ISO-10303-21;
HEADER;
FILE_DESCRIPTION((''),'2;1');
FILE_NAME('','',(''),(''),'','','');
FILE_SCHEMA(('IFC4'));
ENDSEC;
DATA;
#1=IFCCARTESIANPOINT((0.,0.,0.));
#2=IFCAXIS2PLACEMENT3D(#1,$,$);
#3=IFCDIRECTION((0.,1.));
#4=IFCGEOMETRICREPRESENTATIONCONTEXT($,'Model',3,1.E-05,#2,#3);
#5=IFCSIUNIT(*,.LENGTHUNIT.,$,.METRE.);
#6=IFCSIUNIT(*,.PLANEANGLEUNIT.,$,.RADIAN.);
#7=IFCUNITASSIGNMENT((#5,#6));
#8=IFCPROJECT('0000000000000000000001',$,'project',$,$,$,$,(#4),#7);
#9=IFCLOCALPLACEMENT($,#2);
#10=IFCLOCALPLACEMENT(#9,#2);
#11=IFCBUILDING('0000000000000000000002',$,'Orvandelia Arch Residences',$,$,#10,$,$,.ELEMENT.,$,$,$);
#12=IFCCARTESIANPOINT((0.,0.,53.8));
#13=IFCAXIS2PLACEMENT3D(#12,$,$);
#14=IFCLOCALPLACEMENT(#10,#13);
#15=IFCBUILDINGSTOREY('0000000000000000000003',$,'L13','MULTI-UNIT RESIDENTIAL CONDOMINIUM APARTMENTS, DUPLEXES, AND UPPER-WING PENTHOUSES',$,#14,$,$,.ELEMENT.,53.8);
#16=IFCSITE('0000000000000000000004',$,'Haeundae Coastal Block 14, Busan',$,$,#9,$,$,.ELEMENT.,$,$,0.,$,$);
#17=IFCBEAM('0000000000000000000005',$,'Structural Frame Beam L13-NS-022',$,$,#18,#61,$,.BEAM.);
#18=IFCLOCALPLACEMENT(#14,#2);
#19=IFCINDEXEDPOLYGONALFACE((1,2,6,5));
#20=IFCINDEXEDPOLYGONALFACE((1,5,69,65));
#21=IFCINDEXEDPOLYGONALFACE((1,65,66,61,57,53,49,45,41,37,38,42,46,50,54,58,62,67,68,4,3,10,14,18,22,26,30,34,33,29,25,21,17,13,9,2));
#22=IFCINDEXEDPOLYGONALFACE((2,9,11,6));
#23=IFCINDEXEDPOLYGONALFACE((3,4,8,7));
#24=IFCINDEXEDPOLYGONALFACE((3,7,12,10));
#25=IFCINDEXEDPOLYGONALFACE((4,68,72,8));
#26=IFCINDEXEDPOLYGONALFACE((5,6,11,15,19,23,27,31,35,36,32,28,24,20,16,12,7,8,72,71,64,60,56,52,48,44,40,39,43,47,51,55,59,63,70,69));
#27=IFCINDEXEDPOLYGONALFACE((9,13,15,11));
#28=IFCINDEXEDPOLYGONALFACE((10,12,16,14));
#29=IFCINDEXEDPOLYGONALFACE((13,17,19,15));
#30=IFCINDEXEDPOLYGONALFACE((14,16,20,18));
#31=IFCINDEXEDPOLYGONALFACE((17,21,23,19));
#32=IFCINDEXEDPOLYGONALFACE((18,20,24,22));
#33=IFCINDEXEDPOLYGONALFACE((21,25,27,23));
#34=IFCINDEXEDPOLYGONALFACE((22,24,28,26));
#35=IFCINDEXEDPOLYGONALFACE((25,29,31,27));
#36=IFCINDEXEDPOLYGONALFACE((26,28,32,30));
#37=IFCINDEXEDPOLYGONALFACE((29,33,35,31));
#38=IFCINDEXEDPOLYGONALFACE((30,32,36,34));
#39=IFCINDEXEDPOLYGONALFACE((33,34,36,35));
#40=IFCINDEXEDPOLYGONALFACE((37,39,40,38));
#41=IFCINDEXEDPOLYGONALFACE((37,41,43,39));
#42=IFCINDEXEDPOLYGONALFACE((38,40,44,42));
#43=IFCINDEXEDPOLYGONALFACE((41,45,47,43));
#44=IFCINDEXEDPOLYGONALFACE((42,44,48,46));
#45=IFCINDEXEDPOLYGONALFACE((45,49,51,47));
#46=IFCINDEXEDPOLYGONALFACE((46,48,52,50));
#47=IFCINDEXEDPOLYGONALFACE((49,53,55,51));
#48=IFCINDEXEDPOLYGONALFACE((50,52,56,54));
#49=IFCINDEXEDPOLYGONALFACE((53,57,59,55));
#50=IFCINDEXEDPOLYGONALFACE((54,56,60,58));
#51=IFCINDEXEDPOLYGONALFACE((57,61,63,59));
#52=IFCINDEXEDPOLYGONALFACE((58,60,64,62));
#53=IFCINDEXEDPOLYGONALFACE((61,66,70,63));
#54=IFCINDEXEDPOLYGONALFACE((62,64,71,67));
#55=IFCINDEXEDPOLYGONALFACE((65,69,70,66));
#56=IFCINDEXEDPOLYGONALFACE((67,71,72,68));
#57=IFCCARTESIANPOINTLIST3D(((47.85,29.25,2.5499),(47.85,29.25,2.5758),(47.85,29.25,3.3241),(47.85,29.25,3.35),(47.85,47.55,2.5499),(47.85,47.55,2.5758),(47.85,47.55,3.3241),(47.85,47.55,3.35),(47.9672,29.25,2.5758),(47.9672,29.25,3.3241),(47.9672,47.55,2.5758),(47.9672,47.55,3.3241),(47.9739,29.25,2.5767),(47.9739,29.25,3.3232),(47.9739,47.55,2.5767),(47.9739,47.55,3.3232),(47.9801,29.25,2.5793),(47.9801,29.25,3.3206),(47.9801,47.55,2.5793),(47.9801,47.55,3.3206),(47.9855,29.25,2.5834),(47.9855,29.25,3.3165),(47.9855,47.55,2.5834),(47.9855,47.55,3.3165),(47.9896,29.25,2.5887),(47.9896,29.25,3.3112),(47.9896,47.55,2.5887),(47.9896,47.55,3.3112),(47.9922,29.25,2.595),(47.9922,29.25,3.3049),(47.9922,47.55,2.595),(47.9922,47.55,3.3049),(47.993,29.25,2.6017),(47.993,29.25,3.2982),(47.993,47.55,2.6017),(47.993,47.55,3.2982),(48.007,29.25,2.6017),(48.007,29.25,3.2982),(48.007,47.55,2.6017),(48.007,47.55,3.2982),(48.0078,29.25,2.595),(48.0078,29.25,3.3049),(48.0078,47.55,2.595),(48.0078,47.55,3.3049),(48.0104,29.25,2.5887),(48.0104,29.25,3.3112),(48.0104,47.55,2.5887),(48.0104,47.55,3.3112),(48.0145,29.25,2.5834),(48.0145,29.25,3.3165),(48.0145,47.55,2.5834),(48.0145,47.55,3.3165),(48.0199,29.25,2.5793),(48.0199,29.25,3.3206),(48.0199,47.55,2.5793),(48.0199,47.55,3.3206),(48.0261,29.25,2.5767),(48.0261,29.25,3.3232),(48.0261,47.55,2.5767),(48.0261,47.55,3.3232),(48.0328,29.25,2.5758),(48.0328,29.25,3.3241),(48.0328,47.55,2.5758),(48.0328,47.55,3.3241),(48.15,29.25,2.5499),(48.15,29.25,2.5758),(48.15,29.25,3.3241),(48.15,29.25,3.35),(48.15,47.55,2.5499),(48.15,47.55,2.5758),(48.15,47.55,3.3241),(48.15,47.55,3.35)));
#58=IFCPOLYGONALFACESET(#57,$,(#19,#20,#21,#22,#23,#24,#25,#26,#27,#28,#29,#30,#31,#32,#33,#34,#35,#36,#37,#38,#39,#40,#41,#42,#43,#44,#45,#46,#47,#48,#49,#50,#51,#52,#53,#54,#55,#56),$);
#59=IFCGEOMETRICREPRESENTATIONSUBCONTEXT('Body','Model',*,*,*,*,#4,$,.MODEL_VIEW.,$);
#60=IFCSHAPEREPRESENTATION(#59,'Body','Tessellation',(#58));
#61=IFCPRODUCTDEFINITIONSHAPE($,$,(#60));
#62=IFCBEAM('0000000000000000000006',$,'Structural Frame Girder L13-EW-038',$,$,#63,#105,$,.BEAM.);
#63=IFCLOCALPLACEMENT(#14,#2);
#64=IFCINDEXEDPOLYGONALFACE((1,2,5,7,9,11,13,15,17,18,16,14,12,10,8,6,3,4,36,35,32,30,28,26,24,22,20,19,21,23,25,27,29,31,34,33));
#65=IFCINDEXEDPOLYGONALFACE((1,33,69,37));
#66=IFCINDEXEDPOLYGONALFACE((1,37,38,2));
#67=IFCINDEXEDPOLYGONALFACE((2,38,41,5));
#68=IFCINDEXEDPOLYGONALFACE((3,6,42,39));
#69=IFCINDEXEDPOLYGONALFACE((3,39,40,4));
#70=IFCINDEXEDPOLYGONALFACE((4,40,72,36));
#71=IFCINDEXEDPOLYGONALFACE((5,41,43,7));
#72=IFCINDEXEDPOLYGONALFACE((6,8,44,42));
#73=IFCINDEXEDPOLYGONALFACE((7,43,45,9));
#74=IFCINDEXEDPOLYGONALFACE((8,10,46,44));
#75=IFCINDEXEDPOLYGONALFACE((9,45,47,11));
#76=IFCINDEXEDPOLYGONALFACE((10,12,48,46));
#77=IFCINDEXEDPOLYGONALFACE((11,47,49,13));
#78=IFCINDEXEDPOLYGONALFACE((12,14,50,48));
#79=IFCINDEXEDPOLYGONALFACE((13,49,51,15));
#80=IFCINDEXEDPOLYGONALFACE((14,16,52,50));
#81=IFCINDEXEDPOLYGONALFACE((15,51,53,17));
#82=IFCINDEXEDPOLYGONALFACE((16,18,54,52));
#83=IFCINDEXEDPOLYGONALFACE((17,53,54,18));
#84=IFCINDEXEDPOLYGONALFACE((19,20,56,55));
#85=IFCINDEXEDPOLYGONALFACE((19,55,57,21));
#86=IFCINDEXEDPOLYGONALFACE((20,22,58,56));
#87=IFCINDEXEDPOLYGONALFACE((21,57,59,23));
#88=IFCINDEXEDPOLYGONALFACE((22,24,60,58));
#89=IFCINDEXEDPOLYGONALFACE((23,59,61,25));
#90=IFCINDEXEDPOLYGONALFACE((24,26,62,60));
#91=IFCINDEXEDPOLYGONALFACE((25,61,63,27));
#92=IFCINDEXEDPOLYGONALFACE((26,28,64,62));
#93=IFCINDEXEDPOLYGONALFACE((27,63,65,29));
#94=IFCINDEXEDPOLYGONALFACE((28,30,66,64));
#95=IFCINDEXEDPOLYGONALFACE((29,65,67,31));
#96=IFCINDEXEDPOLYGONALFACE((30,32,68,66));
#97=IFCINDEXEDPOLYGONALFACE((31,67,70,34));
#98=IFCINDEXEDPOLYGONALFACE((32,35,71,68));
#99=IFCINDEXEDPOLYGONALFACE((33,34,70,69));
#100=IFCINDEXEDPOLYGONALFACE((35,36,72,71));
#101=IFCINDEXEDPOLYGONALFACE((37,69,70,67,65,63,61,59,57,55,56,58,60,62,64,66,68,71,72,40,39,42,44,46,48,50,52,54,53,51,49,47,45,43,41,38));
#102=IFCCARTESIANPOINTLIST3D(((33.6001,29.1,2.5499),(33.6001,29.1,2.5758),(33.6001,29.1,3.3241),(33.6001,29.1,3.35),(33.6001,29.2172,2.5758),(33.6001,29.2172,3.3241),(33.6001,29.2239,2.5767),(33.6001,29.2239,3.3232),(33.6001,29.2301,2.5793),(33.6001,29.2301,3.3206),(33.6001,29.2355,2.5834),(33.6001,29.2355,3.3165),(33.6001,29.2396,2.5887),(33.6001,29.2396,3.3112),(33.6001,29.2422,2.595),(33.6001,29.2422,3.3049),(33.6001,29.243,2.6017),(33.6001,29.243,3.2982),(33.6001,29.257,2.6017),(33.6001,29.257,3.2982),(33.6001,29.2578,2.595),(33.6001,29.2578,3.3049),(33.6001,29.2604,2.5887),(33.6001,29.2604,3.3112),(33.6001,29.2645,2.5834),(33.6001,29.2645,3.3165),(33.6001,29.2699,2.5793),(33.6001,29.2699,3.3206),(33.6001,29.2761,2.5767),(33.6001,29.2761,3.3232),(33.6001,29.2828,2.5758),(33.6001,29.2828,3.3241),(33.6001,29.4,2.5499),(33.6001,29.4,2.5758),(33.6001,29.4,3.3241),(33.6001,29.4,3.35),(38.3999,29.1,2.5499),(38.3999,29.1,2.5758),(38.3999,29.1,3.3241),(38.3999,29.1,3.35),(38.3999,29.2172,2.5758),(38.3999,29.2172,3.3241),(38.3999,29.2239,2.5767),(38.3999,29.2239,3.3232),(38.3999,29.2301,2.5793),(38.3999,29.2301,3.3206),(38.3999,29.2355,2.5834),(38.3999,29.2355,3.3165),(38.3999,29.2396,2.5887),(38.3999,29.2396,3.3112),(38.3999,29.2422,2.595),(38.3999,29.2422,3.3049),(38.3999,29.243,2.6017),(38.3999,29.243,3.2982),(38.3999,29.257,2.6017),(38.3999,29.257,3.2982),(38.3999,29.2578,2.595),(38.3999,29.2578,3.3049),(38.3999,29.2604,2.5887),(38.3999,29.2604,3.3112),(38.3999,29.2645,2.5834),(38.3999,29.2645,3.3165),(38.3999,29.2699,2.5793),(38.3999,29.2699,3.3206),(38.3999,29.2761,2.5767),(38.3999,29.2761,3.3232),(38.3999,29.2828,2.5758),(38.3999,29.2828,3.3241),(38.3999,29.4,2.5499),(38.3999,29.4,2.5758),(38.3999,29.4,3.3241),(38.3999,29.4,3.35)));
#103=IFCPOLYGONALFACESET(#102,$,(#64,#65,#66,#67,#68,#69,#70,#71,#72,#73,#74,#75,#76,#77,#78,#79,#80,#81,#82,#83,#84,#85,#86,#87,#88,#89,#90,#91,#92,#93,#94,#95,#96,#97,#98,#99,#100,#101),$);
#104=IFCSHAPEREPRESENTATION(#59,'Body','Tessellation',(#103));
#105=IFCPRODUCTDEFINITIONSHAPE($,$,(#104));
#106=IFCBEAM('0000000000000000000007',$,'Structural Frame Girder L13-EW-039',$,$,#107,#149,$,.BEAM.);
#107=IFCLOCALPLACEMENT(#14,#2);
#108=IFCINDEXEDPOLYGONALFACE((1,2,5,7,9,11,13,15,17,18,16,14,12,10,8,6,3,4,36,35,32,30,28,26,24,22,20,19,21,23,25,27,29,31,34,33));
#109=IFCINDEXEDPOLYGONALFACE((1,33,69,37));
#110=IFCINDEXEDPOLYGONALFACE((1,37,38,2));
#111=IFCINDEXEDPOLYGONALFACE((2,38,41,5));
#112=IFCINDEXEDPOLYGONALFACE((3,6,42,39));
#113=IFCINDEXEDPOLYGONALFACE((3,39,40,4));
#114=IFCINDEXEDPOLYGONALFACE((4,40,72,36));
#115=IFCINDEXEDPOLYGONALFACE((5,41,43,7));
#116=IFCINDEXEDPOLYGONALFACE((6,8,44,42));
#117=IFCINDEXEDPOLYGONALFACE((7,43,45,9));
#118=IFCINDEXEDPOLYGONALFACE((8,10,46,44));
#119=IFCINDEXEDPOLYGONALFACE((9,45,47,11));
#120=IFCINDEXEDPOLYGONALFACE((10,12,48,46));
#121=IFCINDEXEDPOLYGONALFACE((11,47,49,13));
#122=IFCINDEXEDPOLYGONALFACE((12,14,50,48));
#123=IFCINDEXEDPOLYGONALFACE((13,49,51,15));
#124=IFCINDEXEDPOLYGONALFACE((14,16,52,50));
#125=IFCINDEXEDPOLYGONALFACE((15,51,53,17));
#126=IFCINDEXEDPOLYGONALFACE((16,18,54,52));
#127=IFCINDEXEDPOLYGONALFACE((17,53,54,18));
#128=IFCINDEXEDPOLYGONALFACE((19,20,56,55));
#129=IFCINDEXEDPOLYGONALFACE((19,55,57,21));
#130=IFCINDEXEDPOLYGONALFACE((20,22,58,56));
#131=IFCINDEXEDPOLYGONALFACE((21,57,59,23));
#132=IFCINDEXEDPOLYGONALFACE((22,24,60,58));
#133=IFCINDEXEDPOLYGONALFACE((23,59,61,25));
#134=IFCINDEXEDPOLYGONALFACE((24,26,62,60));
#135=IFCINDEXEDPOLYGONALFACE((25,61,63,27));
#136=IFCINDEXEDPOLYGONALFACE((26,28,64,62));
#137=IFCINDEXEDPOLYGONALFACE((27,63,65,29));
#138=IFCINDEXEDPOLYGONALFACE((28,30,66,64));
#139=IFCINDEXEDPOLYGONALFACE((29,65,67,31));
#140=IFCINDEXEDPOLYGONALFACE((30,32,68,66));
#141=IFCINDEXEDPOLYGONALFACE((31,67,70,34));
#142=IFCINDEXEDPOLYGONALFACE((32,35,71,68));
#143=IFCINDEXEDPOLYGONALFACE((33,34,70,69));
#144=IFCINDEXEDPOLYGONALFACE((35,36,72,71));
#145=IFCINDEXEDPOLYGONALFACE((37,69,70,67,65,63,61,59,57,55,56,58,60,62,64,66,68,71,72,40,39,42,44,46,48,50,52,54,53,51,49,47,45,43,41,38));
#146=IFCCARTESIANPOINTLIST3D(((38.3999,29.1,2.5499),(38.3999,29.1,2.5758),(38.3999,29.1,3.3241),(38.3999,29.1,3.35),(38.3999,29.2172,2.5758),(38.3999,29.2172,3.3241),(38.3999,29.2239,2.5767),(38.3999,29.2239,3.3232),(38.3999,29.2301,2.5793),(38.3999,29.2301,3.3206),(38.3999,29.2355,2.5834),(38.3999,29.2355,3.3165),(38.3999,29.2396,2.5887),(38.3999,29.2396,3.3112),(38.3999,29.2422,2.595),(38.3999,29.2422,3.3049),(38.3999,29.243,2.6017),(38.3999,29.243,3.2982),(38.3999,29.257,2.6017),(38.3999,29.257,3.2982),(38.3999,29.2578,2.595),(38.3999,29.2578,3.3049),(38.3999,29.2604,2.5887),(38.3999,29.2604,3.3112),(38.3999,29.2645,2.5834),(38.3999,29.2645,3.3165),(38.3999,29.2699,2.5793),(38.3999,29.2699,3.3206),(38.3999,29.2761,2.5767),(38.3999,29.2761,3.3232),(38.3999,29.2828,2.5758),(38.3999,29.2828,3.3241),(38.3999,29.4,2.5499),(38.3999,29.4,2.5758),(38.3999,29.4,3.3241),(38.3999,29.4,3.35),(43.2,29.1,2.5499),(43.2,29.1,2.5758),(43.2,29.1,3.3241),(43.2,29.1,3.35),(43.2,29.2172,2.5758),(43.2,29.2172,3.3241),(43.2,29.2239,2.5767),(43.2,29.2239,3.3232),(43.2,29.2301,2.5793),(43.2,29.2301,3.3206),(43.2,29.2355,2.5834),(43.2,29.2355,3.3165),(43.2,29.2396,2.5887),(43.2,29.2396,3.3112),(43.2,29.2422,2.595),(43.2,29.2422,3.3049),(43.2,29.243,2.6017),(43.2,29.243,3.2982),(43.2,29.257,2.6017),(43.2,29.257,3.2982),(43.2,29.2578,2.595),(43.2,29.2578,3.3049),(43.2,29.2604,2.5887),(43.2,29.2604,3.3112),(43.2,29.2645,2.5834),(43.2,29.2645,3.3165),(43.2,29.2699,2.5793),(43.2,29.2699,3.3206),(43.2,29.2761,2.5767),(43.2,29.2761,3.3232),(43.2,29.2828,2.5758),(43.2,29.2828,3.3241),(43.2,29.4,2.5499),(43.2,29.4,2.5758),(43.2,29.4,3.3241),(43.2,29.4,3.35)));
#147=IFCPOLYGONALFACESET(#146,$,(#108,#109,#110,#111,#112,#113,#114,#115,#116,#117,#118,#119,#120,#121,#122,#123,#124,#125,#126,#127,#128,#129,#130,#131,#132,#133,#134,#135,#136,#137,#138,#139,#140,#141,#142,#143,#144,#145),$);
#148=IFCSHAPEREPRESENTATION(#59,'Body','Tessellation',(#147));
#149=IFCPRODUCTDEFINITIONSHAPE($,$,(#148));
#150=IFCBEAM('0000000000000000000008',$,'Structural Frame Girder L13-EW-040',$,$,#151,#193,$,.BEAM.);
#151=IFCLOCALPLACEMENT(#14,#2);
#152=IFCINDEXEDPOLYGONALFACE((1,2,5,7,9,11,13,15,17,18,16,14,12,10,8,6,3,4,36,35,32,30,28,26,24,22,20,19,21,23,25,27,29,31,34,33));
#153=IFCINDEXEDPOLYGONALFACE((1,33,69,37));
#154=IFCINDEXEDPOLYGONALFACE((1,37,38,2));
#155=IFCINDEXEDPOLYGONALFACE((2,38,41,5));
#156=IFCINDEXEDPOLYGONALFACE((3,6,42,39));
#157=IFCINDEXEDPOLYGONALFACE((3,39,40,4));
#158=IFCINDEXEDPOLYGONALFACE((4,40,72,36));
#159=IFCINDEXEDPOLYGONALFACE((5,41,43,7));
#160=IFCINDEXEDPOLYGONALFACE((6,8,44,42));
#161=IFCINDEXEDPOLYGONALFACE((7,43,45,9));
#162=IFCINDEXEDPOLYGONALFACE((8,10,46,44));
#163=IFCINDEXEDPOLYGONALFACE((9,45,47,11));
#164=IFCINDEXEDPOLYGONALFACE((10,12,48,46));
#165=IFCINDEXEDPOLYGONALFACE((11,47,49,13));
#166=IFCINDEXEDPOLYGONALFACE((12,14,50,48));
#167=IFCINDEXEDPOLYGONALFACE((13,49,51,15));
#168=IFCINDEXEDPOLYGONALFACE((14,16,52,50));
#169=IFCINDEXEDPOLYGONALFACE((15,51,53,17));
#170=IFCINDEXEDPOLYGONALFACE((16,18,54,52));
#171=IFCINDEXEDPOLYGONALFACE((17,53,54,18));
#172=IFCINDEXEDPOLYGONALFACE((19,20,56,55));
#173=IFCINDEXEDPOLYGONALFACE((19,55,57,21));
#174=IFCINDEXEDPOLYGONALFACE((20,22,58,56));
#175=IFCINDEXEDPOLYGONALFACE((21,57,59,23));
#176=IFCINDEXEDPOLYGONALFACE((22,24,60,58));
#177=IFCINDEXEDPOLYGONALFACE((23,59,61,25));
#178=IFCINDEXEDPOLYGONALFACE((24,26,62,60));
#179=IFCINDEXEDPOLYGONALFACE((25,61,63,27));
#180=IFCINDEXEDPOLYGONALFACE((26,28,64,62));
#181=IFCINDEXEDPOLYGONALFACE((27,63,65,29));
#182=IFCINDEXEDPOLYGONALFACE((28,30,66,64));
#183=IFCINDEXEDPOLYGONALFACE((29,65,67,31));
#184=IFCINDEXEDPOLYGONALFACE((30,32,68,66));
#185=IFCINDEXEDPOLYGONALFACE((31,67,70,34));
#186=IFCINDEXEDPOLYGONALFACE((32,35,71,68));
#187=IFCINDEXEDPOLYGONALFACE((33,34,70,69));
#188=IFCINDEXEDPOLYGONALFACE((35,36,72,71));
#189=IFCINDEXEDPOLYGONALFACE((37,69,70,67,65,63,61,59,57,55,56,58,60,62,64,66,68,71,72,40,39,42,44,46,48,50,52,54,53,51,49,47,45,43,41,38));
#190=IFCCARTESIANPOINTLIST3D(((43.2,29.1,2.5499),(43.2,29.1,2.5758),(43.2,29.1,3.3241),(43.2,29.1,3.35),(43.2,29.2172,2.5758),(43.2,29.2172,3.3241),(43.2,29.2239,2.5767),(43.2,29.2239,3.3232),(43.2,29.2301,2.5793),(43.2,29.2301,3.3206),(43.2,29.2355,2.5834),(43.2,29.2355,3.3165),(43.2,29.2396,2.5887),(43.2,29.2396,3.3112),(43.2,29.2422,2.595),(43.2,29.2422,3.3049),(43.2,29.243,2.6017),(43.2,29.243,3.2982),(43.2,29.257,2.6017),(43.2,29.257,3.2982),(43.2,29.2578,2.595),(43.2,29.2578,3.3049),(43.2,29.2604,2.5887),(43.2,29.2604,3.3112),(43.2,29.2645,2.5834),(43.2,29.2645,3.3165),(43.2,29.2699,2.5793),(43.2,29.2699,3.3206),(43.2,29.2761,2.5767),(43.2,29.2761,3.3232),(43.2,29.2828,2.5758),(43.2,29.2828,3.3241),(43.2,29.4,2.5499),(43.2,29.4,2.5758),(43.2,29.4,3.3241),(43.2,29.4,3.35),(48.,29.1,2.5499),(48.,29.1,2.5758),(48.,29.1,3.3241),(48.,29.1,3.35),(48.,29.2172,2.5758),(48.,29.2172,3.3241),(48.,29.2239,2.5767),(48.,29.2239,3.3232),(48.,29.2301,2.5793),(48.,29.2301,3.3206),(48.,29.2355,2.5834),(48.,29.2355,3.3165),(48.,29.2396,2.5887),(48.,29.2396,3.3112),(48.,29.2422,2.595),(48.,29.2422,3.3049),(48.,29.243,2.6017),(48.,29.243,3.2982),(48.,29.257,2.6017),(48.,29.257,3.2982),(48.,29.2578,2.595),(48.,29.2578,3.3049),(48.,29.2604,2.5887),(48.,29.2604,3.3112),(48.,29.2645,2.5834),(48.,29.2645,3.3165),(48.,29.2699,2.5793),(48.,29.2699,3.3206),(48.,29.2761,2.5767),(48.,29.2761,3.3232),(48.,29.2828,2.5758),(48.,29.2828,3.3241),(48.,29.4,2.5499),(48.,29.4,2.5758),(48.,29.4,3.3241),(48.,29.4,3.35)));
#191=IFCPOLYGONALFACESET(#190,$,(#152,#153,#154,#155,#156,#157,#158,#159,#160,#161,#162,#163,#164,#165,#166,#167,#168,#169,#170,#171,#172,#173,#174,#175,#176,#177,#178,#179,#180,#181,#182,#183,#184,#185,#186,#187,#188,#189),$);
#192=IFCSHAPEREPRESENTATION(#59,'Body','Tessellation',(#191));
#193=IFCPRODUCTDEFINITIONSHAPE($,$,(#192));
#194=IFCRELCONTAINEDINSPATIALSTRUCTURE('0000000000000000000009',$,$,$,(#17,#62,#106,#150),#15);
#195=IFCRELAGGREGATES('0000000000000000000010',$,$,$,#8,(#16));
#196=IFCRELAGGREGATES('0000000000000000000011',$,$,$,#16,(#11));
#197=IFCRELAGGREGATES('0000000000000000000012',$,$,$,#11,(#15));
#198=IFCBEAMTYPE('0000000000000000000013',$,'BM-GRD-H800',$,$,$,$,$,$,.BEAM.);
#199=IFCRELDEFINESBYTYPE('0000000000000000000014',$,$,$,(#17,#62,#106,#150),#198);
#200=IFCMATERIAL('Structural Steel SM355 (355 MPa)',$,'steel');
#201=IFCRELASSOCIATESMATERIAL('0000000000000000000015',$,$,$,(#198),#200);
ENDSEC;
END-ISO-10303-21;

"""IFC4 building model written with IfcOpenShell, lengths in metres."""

from ifc_helpers import new_model, si_unit, direction, frame, origin, origin_2d, place, context, subcontext, project, spatial, i_section, extrude, material, material_profile, profile_set, type_object, element, save


model = new_model("IFC4")

# Units and contexts
model_context = context("Model", 3, precision=1e-05, world=origin(), true_north=direction((0.0, 1.0)))
body_context = subcontext(model_context, "Body", "Model", "MODEL_VIEW")
ifc_project = project(units=[si_unit("LENGTHUNIT", "METRE"), si_unit("PLANEANGLEUNIT", "RADIAN")], contexts=[model_context])

# Site, building, storey
site_placement = place(None, origin())
site = spatial("IfcSite", under=ifc_project, at=site_placement, Name="Haeundae Coastal Block 14, Busan", CompositionType="ELEMENT", RefElevation=0.0)
building_placement = place(site_placement, origin())
building = spatial("IfcBuilding", under=site, at=building_placement, Name="Orvandelia Arch Residences", CompositionType="ELEMENT")
storey_placement = place(building_placement, frame((0.0, 0.0, 53.8)))
storey = spatial("IfcBuildingStorey", under=building, at=storey_placement, Name="L13", Description="MULTI-UNIT RESIDENTIAL CONDOMINIUM APARTMENTS, DUPLEXES, AND UPPER-WING PENTHOUSES", CompositionType="ELEMENT", Elevation=53.8)

# Beams
ifc_material_1 = material(Name="Structural Steel SM355 (355 MPa)", Category="steel")
ifc_material_profile_1 = material_profile(ifc_material_1, i_section(OverallWidth=0.3, OverallDepth=0.8, WebThickness=0.0139, FlangeThickness=0.0259, FilletRadius=0.0259, at=origin_2d()), Name="Structural Steel SM355 (355 MPa)", Category="steel")
ifc_profile_set_1 = profile_set([ifc_material_profile_1], Name="Structural Steel SM355 (355 MPa)")
beam_type = type_object("IfcBeamType", Name="BM-GRD-H800", PredefinedType="BEAM", material=ifc_profile_set_1)
for number, where, z_axis, x_axis, name in (
    (1, (48.0, 29.25, 2.95), (0.0, 1.0, 0.0), (-1.0, 0.0, 0.0), "Structural Frame Beam L13-NS-022"),
):
    element("IfcBeam", number, at=place(storey_placement, frame(where, z_axis=z_axis, x_axis=x_axis)), inside=storey, type_object=beam_type, Name=name, PredefinedType="BEAM", context=body_context, shape_type="SweptSolid", body=[
        extrude(i_section(OverallWidth=0.3, OverallDepth=0.8, WebThickness=0.0139, FlangeThickness=0.0259, FilletRadius=0.0259, at=origin_2d()), origin(), (0.0, 0.0, 1.0), 18.3),
    ])
beam_1_placement = place(storey_placement, frame((33.6001, 29.25, 2.95), z_axis=(1.0, 0.0, 0.0), x_axis=(0.0, 1.0, 0.0)))
element("IfcBeam", 2, at=beam_1_placement, inside=storey, type_object=beam_type, Name="Structural Frame Girder L13-EW-038", PredefinedType="BEAM", context=body_context, shape_type="SweptSolid", body=[
    extrude(i_section(OverallWidth=0.3, OverallDepth=0.8, WebThickness=0.0139, FlangeThickness=0.0259, FilletRadius=0.0259, at=origin_2d()), origin(), (0.0, 0.0, 1.0), 4.7998),
])
for number, where, z_axis, x_axis, name in (
    (3, (38.3999, 29.25, 2.95), (1.0, 0.0, 0.0), (0.0, 1.0, 0.0), "Structural Frame Girder L13-EW-039"),
    (4, (43.2, 29.25, 2.95), (1.0, 0.0, 0.0), (0.0, 1.0, 0.0), "Structural Frame Girder L13-EW-040"),
):
    element("IfcBeam", number, at=place(storey_placement, frame(where, z_axis=z_axis, x_axis=x_axis)), inside=storey, type_object=beam_type, Name=name, PredefinedType="BEAM", context=body_context, shape_type="SweptSolid", body=[
        extrude(i_section(OverallWidth=0.3, OverallDepth=0.8, WebThickness=0.0139, FlangeThickness=0.0259, FilletRadius=0.0259, at=origin_2d()), origin(), (0.0, 0.0, 1.0), 4.8),
    ])

save(model, "model.ifc")
